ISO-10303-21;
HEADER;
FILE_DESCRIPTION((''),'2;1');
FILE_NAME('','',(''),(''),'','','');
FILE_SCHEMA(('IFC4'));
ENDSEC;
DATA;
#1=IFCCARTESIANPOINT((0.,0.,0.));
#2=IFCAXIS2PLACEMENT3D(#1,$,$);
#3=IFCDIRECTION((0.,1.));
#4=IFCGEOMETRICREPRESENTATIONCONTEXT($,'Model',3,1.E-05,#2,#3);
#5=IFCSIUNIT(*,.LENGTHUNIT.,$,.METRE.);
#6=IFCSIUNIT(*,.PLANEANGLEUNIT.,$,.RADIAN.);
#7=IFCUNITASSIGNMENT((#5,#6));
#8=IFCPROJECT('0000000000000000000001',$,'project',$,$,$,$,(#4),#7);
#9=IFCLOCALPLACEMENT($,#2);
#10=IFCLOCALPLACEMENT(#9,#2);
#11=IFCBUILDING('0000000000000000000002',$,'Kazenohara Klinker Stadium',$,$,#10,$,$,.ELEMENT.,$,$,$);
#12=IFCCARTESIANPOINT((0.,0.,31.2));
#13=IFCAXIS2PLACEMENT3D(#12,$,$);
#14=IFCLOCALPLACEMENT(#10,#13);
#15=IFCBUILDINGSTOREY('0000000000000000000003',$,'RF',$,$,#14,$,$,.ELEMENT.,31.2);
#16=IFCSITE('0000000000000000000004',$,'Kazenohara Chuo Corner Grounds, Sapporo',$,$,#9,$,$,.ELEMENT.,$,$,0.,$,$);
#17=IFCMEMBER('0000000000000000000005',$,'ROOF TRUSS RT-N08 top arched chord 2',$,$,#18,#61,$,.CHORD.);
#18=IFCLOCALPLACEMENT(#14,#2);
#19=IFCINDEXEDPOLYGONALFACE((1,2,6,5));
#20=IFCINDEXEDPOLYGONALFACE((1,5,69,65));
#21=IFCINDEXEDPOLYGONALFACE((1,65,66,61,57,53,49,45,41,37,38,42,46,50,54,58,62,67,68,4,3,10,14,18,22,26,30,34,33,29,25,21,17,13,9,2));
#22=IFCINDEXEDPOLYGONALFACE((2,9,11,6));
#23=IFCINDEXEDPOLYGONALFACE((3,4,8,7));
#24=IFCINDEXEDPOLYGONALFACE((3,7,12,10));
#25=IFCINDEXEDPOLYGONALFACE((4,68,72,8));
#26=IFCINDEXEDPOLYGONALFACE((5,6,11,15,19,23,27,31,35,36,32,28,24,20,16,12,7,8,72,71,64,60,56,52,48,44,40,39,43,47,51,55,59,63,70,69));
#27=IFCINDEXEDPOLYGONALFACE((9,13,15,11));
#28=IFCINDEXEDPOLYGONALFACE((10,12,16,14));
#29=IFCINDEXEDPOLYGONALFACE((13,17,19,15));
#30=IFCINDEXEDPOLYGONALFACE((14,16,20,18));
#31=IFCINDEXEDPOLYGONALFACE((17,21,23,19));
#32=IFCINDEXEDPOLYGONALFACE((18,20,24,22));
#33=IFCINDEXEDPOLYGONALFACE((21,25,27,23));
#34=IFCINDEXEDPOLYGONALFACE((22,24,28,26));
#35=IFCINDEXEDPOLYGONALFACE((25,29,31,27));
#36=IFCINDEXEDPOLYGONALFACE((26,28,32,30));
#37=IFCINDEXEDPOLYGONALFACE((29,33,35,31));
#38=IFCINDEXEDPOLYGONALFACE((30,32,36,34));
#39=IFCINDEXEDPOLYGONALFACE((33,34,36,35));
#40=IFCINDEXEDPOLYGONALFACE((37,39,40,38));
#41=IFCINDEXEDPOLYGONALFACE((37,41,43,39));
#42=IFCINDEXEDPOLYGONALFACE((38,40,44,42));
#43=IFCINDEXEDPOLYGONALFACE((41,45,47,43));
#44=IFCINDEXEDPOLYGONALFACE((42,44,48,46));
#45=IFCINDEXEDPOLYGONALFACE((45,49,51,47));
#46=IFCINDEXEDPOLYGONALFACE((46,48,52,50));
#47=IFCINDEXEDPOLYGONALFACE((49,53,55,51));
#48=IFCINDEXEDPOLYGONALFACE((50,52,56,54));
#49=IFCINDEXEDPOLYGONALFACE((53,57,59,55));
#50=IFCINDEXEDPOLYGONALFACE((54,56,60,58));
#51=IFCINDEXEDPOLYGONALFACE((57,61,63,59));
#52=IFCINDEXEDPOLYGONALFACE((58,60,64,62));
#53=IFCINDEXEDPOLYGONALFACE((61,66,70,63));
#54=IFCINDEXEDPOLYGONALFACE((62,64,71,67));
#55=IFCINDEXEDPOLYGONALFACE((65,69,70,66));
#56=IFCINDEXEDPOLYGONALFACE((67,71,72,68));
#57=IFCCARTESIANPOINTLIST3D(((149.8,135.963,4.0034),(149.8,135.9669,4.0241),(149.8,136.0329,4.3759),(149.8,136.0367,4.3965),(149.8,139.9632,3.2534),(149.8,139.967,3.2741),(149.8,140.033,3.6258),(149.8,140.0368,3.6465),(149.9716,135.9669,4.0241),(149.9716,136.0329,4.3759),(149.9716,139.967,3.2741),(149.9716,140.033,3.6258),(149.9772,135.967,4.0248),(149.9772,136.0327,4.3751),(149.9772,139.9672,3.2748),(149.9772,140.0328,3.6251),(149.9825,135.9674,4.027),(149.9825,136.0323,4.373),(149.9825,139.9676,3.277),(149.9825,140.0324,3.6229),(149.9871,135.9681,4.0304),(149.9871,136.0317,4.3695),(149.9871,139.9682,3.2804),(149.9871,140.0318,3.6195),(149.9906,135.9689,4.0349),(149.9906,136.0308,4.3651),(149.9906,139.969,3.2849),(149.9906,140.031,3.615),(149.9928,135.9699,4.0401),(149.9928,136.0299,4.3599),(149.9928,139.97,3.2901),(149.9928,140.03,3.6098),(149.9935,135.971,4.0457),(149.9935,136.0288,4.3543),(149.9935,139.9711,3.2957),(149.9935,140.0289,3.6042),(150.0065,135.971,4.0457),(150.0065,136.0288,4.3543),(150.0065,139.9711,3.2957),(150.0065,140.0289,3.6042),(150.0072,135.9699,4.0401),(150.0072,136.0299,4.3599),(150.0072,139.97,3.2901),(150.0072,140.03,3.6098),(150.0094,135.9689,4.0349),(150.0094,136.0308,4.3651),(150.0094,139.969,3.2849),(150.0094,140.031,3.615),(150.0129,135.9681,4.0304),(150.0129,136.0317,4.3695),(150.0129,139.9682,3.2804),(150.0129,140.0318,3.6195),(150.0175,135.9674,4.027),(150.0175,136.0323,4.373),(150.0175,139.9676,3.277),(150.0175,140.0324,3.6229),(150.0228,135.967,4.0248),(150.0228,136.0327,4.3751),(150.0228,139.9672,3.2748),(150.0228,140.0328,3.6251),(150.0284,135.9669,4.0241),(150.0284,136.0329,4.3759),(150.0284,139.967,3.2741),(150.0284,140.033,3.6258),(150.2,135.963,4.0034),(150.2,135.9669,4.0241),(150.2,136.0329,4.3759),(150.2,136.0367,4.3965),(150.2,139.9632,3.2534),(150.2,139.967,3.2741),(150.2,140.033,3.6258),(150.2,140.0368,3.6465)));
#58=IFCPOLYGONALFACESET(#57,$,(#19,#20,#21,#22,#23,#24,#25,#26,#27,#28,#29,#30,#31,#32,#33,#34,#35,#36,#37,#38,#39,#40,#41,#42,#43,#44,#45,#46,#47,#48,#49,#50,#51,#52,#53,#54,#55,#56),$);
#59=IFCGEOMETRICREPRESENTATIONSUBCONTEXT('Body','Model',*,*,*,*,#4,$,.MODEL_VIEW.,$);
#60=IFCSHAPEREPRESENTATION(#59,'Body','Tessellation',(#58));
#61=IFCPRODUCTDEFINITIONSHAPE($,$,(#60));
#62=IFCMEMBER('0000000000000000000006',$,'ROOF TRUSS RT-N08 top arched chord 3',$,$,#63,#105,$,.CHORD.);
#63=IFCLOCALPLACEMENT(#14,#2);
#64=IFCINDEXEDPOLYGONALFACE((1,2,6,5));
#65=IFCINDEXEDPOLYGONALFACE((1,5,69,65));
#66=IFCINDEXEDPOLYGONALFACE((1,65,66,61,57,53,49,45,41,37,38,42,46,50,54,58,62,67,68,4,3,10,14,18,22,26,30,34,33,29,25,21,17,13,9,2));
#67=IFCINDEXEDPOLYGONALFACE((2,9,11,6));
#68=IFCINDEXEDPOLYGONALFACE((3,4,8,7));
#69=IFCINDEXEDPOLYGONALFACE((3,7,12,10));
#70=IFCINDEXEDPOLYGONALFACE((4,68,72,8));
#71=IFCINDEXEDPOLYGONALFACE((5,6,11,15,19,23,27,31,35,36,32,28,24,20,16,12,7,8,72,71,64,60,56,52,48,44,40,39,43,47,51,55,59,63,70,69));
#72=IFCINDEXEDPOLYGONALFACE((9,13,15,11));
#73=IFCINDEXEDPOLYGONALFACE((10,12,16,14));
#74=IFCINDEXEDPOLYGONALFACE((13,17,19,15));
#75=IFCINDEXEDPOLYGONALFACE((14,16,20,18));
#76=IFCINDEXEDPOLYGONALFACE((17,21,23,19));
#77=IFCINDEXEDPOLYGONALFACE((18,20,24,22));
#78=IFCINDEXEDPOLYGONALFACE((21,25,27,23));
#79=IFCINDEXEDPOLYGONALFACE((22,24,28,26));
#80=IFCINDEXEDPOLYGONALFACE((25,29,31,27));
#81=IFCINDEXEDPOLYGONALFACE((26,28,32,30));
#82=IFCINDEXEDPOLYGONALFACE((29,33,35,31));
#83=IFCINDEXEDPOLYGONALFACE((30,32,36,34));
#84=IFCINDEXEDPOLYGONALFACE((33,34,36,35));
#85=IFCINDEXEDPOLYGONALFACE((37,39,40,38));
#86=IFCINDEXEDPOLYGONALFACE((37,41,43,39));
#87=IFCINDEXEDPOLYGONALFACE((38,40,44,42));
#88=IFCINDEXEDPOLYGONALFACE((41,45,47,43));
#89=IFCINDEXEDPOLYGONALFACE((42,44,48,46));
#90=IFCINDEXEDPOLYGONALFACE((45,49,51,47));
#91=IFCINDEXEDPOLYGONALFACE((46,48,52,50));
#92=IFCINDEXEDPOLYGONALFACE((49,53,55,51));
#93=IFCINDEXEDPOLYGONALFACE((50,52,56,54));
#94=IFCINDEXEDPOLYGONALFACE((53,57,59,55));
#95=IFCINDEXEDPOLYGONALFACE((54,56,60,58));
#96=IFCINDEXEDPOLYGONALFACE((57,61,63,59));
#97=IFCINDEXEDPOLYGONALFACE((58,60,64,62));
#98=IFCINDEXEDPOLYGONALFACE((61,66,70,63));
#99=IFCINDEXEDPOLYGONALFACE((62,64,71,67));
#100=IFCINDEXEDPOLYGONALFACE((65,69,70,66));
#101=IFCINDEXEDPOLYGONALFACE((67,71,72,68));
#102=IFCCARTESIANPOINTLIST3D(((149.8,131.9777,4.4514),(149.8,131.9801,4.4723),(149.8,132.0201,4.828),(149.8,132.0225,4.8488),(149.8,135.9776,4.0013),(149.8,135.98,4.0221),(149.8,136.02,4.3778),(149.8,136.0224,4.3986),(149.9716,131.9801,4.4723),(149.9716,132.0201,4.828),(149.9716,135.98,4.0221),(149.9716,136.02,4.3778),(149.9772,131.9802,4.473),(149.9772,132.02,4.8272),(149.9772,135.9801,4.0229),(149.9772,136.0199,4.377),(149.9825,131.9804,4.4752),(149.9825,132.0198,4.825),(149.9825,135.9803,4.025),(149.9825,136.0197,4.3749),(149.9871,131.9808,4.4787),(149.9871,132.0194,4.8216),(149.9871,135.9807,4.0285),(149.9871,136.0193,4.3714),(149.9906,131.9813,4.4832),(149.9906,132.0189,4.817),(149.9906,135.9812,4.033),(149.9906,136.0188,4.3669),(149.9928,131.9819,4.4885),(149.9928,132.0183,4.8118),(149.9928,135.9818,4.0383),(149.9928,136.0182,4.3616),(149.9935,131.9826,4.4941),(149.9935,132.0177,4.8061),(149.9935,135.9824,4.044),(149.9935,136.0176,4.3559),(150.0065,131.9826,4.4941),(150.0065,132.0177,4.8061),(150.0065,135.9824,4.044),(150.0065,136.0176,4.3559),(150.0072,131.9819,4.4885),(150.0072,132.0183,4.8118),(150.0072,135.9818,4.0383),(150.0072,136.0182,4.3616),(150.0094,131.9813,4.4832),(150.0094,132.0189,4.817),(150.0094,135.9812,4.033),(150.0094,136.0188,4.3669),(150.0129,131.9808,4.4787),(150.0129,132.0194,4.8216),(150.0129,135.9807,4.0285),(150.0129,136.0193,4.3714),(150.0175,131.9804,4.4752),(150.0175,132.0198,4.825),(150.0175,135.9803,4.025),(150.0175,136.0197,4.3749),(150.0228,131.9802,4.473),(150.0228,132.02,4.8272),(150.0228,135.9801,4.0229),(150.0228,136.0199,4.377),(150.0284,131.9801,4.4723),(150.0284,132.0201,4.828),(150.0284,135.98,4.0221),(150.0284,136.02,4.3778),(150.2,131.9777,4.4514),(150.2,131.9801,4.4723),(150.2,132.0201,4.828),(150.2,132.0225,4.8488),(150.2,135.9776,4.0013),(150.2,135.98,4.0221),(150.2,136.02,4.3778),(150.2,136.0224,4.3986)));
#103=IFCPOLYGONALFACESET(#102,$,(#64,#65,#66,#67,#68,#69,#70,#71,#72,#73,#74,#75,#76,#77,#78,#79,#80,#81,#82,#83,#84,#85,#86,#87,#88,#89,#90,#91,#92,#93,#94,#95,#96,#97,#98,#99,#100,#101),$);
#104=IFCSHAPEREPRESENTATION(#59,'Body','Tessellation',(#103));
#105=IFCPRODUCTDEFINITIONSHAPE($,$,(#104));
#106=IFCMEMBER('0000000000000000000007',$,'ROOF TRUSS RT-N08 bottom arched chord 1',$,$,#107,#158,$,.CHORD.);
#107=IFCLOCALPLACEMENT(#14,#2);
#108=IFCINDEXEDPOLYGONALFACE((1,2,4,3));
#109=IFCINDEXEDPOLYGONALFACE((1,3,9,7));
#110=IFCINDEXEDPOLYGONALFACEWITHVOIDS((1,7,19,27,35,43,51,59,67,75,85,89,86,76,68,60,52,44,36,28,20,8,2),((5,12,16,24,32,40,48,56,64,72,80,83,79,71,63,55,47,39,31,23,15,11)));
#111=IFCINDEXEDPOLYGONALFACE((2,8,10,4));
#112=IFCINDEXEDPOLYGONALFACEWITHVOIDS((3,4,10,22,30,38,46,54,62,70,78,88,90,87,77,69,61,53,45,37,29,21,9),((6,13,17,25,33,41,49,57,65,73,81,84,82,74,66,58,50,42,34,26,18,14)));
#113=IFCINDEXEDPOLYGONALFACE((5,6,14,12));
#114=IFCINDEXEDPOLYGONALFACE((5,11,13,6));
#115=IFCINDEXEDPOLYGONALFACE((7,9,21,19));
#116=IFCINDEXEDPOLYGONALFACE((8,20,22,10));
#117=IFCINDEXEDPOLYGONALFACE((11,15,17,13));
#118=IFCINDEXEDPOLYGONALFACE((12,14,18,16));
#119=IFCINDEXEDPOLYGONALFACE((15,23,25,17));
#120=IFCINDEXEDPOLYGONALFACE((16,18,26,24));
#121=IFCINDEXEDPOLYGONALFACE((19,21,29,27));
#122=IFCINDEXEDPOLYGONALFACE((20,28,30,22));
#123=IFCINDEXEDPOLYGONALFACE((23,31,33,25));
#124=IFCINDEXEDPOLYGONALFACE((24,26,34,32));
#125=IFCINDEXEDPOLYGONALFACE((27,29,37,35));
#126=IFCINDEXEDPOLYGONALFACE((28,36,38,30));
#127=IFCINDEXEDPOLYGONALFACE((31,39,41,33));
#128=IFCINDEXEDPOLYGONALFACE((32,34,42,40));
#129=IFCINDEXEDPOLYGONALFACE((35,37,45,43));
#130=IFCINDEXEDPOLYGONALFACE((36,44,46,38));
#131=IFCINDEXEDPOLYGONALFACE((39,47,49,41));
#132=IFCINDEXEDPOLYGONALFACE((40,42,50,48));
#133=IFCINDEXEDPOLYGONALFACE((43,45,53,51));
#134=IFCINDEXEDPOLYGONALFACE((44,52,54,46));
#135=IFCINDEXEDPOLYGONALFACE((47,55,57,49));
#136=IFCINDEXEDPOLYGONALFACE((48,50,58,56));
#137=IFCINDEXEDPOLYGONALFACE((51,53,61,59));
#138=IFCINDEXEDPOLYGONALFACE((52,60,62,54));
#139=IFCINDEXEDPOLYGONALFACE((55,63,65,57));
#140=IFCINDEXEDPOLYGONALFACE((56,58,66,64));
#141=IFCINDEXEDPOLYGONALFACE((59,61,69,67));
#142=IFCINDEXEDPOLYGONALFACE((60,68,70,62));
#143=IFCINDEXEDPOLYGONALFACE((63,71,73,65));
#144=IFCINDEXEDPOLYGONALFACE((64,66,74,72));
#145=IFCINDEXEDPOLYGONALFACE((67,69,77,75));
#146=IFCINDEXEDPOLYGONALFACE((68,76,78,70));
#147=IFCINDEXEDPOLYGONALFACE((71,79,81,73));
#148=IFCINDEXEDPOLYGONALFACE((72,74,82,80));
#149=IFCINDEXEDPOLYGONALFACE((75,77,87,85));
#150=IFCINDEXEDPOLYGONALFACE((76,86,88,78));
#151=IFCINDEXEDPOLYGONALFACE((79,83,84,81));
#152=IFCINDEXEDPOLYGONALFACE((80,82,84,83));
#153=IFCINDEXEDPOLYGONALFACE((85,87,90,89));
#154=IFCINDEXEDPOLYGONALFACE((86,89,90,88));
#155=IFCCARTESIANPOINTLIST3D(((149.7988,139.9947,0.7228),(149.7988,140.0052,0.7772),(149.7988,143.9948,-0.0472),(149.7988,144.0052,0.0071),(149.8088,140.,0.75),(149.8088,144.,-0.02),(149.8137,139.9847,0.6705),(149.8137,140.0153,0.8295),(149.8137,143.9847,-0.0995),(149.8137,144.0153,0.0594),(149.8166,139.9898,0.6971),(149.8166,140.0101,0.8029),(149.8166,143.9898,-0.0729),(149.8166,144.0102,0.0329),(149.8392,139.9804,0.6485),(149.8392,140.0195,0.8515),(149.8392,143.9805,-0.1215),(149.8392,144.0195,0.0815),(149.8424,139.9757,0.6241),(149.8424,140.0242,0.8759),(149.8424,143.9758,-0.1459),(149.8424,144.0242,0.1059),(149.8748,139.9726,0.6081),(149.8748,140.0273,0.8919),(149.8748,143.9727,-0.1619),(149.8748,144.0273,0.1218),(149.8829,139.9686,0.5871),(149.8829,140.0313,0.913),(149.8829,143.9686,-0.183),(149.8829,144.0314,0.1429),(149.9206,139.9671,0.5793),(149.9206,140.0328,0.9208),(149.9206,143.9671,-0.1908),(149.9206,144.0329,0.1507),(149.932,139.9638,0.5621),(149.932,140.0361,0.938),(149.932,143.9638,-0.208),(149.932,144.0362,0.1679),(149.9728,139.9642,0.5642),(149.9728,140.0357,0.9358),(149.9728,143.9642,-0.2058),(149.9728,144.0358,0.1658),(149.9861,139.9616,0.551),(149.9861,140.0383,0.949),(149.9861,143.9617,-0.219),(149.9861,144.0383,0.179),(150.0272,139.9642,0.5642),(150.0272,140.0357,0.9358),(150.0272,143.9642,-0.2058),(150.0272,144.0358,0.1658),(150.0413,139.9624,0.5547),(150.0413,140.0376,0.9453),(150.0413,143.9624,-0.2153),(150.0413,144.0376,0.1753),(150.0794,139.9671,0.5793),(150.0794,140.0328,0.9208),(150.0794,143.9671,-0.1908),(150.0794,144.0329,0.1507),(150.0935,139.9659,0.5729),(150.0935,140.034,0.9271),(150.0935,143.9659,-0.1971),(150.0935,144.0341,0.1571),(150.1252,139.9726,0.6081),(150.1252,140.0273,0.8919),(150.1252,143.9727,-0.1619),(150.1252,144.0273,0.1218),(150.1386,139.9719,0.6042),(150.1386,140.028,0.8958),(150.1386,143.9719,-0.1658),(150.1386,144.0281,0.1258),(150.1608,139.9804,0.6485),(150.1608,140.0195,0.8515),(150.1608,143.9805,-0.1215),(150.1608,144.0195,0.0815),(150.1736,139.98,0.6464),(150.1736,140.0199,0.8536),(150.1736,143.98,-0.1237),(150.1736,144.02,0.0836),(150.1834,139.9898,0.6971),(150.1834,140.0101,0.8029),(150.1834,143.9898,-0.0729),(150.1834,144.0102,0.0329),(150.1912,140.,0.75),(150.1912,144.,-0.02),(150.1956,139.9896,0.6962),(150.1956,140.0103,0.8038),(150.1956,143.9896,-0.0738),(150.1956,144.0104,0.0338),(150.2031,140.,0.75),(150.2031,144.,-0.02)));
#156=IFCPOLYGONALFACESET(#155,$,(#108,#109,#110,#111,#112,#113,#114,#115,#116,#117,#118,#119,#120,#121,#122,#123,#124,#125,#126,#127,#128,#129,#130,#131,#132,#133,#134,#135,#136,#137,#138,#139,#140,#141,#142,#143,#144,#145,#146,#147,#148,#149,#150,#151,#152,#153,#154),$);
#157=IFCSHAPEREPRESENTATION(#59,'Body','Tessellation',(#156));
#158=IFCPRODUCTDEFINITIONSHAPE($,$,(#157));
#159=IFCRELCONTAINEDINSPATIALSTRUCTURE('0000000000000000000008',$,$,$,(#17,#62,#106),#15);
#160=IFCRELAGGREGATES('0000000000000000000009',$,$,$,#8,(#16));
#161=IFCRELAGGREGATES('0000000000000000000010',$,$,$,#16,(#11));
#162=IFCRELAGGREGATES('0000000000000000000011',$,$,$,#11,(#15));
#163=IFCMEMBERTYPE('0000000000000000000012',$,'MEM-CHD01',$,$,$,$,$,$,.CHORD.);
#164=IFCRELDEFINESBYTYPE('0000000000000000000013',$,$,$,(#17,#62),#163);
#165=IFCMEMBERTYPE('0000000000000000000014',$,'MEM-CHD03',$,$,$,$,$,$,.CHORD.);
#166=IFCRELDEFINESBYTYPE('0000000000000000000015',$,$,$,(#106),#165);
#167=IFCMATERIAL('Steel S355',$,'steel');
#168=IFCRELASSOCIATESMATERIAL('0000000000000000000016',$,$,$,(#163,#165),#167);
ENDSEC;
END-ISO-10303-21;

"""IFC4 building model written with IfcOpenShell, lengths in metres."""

from ifc_helpers import new_model, si_unit, direction, frame, origin, origin_2d, place, context, subcontext, project, spatial, hollow_circle, i_section, extrude, material, material_profile, profile_set, type_object, element, save


model = new_model("IFC4")

# Units and contexts
model_context = context("Model", 3, precision=1e-05, world=origin(), true_north=direction((0.0, 1.0)))
body_context = subcontext(model_context, "Body", "Model", "MODEL_VIEW")
ifc_project = project(units=[si_unit("LENGTHUNIT", "METRE"), si_unit("PLANEANGLEUNIT", "RADIAN")], contexts=[model_context])

# Site, building, storey
site_placement = place(None, origin())
site = spatial("IfcSite", under=ifc_project, at=site_placement, Name="Kazenohara Chuo Corner Grounds, Sapporo", CompositionType="ELEMENT", RefElevation=0.0)
building_placement = place(site_placement, origin())
building = spatial("IfcBuilding", under=site, at=building_placement, Name="Kazenohara Klinker Stadium", CompositionType="ELEMENT")
storey_placement = place(building_placement, frame((0.0, 0.0, 31.2)))
storey = spatial("IfcBuildingStorey", under=building, at=storey_placement, Name="RF", CompositionType="ELEMENT", Elevation=31.2)

# Members
ifc_material_1 = material(Name="Steel S355", Category="steel")
ifc_material_profile_1 = material_profile(ifc_material_1, i_section(OverallWidth=0.3999, OverallDepth=0.3999, WebThickness=0.0129, FlangeThickness=0.021, FilletRadius=0.022, at=origin_2d()), Name="H-400x400x13x21")
ifc_profile_set_1 = profile_set([ifc_material_profile_1], Name="Steel S355")
member_type_1 = type_object("IfcMemberType", Name="MEM-CHD01", PredefinedType="CHORD", material=ifc_profile_set_1)
member_1_placement = place(storey_placement, frame((150.0, 140.0, 3.45), z_axis=(0.0, -0.982872, 0.184289), x_axis=(1.0, 0.0, 0.0)))
element("IfcMember", 1, at=member_1_placement, inside=storey, type_object=member_type_1, Name="ROOF TRUSS RT-N08 top arched chord 2", PredefinedType="CHORD", context=body_context, shape_type="SweptSolid", body=[
    extrude(i_section(OverallWidth=0.3999, OverallDepth=0.3999, WebThickness=0.0129, FlangeThickness=0.021, FilletRadius=0.022, at=origin_2d()), origin(), (0.0, 0.0, 1.0), 4.0698),
])
member_2_placement = place(storey_placement, frame((150.0, 136.0, 4.2), z_axis=(0.0, -0.993726, 0.111843), x_axis=(1.0, 0.0, 0.0)))
element("IfcMember", 2, at=member_2_placement, inside=storey, type_object=member_type_1, Name="ROOF TRUSS RT-N08 top arched chord 3", PredefinedType="CHORD", context=body_context, shape_type="SweptSolid", body=[
    extrude(i_section(OverallWidth=0.3999, OverallDepth=0.3999, WebThickness=0.0129, FlangeThickness=0.021, FilletRadius=0.022, at=origin_2d()), origin(), (0.0, 0.0, 1.0), 4.0251),
])
ifc_material_profile_2 = material_profile(ifc_material_1, hollow_circle(Radius=0.2031, WallThickness=0.012, at=origin_2d()), Name="CHS-406.4x12")
ifc_profile_set_2 = profile_set([ifc_material_profile_2], Name="Steel S355")
member_type_2 = type_object("IfcMemberType", Name="MEM-CHD03", PredefinedType="CHORD", material=ifc_profile_set_2)
member_3_placement = place(storey_placement, frame((150.0, 144.0, -0.02), z_axis=(0.0, -0.981971, 0.189034), x_axis=(1.0, 0.0, 0.0)))
element("IfcMember", 3, at=member_3_placement, inside=storey, type_object=member_type_2, Name="ROOF TRUSS RT-N08 bottom arched chord 1", PredefinedType="CHORD", context=body_context, shape_type="SweptSolid", body=[
    extrude(hollow_circle(Radius=0.2031, WallThickness=0.012, at=origin_2d()), origin(), (0.0, 0.0, 1.0), 4.0735),
])

save(model, "model.ifc")
